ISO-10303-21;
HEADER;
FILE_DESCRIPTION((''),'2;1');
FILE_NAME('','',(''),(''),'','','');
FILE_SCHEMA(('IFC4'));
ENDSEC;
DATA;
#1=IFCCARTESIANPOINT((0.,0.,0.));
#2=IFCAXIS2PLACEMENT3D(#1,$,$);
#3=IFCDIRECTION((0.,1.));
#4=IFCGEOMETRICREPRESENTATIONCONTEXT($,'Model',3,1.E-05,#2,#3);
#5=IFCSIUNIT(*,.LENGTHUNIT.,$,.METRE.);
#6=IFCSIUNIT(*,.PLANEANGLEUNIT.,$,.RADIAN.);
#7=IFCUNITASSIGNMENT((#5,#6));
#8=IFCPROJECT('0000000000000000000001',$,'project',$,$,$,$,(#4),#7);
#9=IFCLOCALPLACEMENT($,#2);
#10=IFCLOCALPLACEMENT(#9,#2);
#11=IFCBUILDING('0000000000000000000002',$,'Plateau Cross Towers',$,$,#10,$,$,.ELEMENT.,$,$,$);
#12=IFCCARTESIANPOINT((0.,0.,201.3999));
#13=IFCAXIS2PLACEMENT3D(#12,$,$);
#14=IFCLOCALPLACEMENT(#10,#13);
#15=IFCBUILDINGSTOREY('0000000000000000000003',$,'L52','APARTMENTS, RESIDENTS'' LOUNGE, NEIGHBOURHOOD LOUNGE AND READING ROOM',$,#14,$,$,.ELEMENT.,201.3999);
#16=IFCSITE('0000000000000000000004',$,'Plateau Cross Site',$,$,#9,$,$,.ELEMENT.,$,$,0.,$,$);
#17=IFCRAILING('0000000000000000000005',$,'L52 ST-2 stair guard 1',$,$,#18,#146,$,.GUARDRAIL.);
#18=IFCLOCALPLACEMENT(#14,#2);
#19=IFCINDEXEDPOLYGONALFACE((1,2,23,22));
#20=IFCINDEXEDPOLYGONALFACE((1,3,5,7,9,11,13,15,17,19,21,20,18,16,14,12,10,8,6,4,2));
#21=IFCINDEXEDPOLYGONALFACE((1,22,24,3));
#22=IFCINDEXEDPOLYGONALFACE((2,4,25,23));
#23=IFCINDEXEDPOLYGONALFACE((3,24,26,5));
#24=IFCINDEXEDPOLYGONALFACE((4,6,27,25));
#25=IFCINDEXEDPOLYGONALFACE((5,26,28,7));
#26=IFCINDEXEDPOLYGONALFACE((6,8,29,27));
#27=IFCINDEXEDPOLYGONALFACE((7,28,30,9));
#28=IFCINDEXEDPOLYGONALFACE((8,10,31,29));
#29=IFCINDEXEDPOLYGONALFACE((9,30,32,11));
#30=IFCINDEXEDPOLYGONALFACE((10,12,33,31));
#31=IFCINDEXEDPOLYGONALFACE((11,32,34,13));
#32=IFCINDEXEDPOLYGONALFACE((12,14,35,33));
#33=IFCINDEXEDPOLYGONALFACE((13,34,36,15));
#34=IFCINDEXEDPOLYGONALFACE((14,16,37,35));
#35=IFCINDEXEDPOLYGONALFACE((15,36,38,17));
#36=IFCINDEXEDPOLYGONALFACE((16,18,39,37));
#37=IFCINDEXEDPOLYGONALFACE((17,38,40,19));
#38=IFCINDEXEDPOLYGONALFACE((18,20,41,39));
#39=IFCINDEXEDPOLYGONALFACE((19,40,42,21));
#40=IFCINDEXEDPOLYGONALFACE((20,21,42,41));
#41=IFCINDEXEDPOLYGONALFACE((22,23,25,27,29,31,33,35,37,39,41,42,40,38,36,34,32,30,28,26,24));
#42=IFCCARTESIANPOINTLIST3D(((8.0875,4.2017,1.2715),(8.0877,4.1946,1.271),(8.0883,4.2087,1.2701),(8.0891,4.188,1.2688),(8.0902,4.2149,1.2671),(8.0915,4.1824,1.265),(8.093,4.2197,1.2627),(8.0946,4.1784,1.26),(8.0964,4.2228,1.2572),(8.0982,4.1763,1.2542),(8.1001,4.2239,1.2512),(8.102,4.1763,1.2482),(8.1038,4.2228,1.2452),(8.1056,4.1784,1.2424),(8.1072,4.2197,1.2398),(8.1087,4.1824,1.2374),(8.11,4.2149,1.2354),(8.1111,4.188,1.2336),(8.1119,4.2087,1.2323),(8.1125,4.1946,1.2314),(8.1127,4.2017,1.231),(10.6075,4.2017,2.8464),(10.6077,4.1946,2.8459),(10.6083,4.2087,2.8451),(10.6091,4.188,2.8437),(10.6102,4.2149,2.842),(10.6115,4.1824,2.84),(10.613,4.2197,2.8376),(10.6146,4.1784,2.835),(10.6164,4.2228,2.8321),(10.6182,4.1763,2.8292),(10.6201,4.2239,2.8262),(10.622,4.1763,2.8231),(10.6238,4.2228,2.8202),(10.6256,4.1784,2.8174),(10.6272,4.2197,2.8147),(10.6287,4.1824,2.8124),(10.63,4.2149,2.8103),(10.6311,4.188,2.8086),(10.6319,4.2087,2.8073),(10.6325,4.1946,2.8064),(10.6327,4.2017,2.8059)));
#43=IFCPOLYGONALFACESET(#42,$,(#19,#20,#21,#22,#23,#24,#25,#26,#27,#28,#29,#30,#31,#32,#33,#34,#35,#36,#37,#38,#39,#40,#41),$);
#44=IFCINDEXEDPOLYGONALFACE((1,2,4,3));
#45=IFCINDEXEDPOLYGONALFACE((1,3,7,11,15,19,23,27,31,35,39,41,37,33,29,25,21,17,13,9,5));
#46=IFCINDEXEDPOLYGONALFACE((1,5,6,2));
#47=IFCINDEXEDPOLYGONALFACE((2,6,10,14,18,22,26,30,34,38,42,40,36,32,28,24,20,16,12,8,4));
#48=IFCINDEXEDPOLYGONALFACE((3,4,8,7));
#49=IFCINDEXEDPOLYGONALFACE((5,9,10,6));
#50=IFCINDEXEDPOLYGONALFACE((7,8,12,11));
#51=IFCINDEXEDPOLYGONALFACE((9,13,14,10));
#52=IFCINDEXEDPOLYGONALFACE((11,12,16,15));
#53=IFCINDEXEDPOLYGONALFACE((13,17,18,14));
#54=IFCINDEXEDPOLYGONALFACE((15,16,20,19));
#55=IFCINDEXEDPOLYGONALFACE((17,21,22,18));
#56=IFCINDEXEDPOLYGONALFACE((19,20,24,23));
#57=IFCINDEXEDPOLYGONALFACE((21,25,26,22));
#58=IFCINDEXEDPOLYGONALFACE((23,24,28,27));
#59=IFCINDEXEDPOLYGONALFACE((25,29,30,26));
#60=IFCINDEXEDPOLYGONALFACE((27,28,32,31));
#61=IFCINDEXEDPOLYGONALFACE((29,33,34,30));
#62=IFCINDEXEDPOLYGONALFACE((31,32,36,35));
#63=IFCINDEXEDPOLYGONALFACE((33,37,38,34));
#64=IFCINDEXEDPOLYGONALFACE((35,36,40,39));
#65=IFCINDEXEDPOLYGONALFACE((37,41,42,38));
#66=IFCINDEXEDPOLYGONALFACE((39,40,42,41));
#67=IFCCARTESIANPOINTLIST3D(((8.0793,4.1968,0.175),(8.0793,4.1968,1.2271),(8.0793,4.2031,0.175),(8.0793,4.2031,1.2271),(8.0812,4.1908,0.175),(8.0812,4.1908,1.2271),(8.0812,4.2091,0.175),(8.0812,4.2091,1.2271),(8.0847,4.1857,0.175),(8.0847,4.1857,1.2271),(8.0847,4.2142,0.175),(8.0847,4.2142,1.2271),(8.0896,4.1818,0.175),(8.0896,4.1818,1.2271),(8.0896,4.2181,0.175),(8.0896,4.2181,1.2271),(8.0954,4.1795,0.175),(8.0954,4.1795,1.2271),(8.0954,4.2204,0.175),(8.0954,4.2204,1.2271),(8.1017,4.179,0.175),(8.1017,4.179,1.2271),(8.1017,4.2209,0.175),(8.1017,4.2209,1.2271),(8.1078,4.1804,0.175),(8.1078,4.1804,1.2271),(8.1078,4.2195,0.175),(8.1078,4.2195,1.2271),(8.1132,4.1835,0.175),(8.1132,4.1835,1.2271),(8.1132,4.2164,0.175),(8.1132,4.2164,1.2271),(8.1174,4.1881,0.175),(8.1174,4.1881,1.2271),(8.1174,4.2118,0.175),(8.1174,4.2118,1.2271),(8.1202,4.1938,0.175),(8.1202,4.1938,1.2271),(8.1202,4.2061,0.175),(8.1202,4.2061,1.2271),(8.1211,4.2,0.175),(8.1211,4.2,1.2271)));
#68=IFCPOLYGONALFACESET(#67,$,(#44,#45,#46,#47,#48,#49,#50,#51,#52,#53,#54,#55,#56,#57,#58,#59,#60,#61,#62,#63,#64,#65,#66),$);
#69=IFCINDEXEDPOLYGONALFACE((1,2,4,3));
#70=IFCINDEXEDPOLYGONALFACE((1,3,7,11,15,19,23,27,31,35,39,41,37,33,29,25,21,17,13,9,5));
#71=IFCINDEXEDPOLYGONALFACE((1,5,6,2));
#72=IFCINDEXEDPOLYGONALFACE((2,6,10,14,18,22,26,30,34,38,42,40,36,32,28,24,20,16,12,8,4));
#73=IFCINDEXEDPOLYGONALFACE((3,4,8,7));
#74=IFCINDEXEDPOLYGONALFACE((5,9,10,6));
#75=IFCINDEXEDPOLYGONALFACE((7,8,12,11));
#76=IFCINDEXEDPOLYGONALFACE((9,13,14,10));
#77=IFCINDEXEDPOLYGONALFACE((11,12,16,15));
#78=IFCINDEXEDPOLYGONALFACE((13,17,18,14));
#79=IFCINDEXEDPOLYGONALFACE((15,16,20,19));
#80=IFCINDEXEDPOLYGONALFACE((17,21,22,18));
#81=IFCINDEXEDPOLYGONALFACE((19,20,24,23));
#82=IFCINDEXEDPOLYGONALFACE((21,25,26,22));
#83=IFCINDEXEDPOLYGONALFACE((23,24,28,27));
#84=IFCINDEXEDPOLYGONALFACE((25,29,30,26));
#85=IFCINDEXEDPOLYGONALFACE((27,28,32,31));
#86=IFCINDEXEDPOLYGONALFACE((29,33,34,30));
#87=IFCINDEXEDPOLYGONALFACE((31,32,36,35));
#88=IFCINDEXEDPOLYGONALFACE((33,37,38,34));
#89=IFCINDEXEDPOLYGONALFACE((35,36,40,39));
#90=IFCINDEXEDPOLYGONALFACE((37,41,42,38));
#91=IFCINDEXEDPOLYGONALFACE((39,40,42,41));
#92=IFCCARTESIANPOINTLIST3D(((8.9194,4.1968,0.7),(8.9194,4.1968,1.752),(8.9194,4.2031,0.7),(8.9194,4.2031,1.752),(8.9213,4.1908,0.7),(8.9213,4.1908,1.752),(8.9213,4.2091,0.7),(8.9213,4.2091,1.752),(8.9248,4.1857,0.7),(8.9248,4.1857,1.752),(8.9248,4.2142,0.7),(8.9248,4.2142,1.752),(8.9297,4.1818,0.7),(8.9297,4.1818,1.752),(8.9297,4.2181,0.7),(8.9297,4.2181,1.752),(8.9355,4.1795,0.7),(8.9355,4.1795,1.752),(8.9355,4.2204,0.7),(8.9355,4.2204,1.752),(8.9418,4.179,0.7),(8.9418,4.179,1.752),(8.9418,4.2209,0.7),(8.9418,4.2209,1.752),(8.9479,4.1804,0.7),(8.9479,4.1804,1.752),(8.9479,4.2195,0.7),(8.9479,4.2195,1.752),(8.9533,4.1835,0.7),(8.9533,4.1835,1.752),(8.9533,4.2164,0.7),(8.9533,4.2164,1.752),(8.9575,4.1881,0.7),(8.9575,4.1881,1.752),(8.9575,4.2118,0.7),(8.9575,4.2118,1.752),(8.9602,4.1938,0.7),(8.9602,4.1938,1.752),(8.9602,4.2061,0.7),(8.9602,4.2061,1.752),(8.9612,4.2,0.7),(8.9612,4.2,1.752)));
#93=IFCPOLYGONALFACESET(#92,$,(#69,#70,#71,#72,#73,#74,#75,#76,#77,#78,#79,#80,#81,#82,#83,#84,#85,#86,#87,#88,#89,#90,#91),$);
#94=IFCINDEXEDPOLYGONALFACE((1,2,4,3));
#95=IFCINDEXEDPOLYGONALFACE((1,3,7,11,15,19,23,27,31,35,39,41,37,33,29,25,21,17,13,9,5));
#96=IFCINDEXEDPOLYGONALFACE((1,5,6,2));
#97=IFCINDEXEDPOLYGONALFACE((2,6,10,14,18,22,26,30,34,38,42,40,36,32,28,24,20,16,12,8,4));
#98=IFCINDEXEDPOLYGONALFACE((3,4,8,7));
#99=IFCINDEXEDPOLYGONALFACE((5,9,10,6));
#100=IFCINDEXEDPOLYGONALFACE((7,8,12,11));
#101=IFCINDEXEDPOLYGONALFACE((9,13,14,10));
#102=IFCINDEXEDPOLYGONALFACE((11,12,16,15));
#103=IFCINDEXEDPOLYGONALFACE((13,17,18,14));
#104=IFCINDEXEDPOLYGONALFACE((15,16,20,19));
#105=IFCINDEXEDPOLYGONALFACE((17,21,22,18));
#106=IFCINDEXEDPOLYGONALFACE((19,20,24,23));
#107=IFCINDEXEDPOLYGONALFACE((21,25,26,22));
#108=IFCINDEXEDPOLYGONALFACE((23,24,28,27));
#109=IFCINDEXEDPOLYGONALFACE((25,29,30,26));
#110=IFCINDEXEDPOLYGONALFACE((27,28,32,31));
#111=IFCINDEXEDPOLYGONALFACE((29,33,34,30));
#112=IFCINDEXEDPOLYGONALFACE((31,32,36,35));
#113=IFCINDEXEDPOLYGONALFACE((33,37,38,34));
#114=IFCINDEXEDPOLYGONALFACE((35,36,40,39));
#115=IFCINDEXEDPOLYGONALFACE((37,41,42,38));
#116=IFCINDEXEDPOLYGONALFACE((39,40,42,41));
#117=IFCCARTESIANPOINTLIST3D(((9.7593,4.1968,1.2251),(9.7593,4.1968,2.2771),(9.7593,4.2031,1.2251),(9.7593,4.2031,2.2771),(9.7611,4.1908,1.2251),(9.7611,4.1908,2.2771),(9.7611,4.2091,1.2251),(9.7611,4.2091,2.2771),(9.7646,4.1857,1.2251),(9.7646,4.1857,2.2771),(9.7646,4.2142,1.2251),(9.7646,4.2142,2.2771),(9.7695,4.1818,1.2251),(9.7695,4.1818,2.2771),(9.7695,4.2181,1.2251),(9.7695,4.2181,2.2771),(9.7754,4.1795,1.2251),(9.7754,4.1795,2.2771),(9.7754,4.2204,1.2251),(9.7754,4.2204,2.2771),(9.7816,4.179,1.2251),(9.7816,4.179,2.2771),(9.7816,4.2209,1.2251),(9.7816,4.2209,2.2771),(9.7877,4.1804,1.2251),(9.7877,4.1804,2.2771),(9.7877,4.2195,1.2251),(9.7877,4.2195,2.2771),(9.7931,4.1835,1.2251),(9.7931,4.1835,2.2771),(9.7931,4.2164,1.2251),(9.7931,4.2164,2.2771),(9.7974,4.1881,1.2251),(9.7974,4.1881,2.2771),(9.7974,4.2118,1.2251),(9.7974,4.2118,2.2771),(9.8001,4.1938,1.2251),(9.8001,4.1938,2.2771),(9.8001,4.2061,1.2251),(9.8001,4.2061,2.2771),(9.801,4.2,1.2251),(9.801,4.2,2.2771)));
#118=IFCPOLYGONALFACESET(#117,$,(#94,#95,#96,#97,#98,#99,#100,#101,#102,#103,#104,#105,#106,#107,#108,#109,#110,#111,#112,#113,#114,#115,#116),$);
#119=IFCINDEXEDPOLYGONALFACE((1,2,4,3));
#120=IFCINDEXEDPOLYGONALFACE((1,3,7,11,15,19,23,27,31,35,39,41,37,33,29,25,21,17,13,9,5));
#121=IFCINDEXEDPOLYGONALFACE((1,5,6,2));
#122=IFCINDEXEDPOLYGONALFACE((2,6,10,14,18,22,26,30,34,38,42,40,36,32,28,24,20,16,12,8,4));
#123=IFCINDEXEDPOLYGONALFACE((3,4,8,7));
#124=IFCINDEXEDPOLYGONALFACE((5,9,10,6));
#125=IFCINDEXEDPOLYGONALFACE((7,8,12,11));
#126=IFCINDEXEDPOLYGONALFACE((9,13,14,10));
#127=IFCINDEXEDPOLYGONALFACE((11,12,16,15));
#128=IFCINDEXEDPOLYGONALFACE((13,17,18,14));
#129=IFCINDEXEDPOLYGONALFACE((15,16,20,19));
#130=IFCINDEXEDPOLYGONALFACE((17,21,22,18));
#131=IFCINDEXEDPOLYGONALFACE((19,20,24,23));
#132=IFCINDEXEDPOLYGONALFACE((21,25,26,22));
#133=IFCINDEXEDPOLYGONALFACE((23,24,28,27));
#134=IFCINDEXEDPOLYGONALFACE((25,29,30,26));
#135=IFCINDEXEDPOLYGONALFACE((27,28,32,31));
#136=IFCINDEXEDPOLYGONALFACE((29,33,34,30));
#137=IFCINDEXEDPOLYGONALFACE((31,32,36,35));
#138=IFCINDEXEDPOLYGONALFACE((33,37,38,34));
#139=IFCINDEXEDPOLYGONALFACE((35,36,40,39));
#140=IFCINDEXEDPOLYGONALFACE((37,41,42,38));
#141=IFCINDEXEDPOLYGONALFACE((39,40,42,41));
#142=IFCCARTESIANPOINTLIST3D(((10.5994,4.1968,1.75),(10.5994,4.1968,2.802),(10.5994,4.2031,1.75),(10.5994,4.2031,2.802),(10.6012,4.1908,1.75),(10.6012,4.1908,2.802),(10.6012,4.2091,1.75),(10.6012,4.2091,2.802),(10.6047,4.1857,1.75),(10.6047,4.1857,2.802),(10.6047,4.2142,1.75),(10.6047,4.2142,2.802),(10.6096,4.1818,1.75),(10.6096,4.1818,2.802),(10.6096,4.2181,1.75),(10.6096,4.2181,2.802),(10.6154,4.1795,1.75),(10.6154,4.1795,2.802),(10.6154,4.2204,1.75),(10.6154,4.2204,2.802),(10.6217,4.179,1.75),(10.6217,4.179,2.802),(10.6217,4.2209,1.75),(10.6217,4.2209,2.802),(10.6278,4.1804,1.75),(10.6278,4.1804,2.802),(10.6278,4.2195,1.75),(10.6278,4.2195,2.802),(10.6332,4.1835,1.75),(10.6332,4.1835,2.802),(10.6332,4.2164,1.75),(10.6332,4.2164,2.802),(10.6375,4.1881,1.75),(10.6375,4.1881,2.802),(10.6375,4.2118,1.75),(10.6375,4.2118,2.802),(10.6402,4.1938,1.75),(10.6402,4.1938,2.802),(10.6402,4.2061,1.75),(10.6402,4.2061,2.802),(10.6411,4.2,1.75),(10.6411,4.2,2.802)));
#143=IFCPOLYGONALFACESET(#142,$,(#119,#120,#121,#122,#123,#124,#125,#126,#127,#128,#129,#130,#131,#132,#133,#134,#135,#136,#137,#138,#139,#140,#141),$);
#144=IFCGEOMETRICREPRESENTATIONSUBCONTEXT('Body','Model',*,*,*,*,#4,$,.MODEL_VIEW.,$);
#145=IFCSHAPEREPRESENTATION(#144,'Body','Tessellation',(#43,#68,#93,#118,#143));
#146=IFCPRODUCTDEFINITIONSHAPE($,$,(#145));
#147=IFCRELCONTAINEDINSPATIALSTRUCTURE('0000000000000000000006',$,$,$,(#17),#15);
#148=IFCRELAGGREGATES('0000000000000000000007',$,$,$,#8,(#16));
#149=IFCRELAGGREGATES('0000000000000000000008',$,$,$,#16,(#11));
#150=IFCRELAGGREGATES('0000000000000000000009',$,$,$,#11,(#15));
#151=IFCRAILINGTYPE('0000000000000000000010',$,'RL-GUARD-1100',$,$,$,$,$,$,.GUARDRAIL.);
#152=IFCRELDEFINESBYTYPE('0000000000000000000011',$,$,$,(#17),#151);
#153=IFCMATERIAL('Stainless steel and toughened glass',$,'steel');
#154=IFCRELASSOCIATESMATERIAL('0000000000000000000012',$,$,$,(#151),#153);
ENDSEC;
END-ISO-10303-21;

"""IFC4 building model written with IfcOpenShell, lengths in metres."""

from ifc_helpers import new_model, si_unit, direction, frame, origin, origin_2d, place, context, subcontext, project, spatial, circle, extrude, material, type_object, element, save


model = new_model("IFC4")

# Units and contexts
model_context = context("Model", 3, precision=1e-05, world=origin(), true_north=direction((0.0, 1.0)))
body_context = subcontext(model_context, "Body", "Model", "MODEL_VIEW")
ifc_project = project(units=[si_unit("LENGTHUNIT", "METRE"), si_unit("PLANEANGLEUNIT", "RADIAN")], contexts=[model_context])

# Site, building, storey
site_placement = place(None, origin())
site = spatial("IfcSite", under=ifc_project, at=site_placement, Name="Plateau Cross Site", CompositionType="ELEMENT", RefElevation=0.0)
building_placement = place(site_placement, origin())
building = spatial("IfcBuilding", under=site, at=building_placement, Name="Plateau Cross Towers", CompositionType="ELEMENT")
storey_placement = place(building_placement, frame((0.0, 0.0, 201.3999)))
storey = spatial("IfcBuildingStorey", under=building, at=storey_placement, Name="L52", Description="APARTMENTS, RESIDENTS' LOUNGE, NEIGHBOURHOOD LOUNGE AND READING ROOM", CompositionType="ELEMENT", Elevation=201.3999)

# Railing
ifc_material_1 = material(Name="Stainless steel and toughened glass", Category="steel")
railing_type_1 = type_object("IfcRailingType", Name="RL-GUARD-1100", PredefinedType="GUARDRAIL", material=ifc_material_1)
railing_1_placement = place(storey_placement, frame((8.1001, 4.2, 0.175)))
element("IfcRailing", 1, at=railing_1_placement, inside=storey, type_object=railing_type_1, Name="L52 ST-2 stair guard 1", PredefinedType="GUARDRAIL", context=body_context, shape_type="SweptSolid", body=[
    extrude(circle(Radius=0.0239, at=origin_2d()), frame((0.0, 0.0, 1.0762), z_axis=(0.848008, 0.0, 0.529984), x_axis=(0.0, 1.0, 0.0)), (0.0, 0.0, 1.0), 2.9717),
    extrude(circle(Radius=0.021, at=origin_2d()), origin(), (0.0, 0.0, 1.0), 1.052),
    extrude(circle(Radius=0.021, at=origin_2d()), frame((0.8401, 0.0, 0.5249)), (0.0, 0.0, 1.0), 1.052),
    extrude(circle(Radius=0.021, at=origin_2d()), frame((1.6799, 0.0, 1.05)), (0.0, 0.0, 1.0), 1.052),
    extrude(circle(Radius=0.021, at=origin_2d()), frame((2.52, 0.0, 1.575)), (0.0, 0.0, 1.0), 1.052),
])

save(model, "model.ifc")
